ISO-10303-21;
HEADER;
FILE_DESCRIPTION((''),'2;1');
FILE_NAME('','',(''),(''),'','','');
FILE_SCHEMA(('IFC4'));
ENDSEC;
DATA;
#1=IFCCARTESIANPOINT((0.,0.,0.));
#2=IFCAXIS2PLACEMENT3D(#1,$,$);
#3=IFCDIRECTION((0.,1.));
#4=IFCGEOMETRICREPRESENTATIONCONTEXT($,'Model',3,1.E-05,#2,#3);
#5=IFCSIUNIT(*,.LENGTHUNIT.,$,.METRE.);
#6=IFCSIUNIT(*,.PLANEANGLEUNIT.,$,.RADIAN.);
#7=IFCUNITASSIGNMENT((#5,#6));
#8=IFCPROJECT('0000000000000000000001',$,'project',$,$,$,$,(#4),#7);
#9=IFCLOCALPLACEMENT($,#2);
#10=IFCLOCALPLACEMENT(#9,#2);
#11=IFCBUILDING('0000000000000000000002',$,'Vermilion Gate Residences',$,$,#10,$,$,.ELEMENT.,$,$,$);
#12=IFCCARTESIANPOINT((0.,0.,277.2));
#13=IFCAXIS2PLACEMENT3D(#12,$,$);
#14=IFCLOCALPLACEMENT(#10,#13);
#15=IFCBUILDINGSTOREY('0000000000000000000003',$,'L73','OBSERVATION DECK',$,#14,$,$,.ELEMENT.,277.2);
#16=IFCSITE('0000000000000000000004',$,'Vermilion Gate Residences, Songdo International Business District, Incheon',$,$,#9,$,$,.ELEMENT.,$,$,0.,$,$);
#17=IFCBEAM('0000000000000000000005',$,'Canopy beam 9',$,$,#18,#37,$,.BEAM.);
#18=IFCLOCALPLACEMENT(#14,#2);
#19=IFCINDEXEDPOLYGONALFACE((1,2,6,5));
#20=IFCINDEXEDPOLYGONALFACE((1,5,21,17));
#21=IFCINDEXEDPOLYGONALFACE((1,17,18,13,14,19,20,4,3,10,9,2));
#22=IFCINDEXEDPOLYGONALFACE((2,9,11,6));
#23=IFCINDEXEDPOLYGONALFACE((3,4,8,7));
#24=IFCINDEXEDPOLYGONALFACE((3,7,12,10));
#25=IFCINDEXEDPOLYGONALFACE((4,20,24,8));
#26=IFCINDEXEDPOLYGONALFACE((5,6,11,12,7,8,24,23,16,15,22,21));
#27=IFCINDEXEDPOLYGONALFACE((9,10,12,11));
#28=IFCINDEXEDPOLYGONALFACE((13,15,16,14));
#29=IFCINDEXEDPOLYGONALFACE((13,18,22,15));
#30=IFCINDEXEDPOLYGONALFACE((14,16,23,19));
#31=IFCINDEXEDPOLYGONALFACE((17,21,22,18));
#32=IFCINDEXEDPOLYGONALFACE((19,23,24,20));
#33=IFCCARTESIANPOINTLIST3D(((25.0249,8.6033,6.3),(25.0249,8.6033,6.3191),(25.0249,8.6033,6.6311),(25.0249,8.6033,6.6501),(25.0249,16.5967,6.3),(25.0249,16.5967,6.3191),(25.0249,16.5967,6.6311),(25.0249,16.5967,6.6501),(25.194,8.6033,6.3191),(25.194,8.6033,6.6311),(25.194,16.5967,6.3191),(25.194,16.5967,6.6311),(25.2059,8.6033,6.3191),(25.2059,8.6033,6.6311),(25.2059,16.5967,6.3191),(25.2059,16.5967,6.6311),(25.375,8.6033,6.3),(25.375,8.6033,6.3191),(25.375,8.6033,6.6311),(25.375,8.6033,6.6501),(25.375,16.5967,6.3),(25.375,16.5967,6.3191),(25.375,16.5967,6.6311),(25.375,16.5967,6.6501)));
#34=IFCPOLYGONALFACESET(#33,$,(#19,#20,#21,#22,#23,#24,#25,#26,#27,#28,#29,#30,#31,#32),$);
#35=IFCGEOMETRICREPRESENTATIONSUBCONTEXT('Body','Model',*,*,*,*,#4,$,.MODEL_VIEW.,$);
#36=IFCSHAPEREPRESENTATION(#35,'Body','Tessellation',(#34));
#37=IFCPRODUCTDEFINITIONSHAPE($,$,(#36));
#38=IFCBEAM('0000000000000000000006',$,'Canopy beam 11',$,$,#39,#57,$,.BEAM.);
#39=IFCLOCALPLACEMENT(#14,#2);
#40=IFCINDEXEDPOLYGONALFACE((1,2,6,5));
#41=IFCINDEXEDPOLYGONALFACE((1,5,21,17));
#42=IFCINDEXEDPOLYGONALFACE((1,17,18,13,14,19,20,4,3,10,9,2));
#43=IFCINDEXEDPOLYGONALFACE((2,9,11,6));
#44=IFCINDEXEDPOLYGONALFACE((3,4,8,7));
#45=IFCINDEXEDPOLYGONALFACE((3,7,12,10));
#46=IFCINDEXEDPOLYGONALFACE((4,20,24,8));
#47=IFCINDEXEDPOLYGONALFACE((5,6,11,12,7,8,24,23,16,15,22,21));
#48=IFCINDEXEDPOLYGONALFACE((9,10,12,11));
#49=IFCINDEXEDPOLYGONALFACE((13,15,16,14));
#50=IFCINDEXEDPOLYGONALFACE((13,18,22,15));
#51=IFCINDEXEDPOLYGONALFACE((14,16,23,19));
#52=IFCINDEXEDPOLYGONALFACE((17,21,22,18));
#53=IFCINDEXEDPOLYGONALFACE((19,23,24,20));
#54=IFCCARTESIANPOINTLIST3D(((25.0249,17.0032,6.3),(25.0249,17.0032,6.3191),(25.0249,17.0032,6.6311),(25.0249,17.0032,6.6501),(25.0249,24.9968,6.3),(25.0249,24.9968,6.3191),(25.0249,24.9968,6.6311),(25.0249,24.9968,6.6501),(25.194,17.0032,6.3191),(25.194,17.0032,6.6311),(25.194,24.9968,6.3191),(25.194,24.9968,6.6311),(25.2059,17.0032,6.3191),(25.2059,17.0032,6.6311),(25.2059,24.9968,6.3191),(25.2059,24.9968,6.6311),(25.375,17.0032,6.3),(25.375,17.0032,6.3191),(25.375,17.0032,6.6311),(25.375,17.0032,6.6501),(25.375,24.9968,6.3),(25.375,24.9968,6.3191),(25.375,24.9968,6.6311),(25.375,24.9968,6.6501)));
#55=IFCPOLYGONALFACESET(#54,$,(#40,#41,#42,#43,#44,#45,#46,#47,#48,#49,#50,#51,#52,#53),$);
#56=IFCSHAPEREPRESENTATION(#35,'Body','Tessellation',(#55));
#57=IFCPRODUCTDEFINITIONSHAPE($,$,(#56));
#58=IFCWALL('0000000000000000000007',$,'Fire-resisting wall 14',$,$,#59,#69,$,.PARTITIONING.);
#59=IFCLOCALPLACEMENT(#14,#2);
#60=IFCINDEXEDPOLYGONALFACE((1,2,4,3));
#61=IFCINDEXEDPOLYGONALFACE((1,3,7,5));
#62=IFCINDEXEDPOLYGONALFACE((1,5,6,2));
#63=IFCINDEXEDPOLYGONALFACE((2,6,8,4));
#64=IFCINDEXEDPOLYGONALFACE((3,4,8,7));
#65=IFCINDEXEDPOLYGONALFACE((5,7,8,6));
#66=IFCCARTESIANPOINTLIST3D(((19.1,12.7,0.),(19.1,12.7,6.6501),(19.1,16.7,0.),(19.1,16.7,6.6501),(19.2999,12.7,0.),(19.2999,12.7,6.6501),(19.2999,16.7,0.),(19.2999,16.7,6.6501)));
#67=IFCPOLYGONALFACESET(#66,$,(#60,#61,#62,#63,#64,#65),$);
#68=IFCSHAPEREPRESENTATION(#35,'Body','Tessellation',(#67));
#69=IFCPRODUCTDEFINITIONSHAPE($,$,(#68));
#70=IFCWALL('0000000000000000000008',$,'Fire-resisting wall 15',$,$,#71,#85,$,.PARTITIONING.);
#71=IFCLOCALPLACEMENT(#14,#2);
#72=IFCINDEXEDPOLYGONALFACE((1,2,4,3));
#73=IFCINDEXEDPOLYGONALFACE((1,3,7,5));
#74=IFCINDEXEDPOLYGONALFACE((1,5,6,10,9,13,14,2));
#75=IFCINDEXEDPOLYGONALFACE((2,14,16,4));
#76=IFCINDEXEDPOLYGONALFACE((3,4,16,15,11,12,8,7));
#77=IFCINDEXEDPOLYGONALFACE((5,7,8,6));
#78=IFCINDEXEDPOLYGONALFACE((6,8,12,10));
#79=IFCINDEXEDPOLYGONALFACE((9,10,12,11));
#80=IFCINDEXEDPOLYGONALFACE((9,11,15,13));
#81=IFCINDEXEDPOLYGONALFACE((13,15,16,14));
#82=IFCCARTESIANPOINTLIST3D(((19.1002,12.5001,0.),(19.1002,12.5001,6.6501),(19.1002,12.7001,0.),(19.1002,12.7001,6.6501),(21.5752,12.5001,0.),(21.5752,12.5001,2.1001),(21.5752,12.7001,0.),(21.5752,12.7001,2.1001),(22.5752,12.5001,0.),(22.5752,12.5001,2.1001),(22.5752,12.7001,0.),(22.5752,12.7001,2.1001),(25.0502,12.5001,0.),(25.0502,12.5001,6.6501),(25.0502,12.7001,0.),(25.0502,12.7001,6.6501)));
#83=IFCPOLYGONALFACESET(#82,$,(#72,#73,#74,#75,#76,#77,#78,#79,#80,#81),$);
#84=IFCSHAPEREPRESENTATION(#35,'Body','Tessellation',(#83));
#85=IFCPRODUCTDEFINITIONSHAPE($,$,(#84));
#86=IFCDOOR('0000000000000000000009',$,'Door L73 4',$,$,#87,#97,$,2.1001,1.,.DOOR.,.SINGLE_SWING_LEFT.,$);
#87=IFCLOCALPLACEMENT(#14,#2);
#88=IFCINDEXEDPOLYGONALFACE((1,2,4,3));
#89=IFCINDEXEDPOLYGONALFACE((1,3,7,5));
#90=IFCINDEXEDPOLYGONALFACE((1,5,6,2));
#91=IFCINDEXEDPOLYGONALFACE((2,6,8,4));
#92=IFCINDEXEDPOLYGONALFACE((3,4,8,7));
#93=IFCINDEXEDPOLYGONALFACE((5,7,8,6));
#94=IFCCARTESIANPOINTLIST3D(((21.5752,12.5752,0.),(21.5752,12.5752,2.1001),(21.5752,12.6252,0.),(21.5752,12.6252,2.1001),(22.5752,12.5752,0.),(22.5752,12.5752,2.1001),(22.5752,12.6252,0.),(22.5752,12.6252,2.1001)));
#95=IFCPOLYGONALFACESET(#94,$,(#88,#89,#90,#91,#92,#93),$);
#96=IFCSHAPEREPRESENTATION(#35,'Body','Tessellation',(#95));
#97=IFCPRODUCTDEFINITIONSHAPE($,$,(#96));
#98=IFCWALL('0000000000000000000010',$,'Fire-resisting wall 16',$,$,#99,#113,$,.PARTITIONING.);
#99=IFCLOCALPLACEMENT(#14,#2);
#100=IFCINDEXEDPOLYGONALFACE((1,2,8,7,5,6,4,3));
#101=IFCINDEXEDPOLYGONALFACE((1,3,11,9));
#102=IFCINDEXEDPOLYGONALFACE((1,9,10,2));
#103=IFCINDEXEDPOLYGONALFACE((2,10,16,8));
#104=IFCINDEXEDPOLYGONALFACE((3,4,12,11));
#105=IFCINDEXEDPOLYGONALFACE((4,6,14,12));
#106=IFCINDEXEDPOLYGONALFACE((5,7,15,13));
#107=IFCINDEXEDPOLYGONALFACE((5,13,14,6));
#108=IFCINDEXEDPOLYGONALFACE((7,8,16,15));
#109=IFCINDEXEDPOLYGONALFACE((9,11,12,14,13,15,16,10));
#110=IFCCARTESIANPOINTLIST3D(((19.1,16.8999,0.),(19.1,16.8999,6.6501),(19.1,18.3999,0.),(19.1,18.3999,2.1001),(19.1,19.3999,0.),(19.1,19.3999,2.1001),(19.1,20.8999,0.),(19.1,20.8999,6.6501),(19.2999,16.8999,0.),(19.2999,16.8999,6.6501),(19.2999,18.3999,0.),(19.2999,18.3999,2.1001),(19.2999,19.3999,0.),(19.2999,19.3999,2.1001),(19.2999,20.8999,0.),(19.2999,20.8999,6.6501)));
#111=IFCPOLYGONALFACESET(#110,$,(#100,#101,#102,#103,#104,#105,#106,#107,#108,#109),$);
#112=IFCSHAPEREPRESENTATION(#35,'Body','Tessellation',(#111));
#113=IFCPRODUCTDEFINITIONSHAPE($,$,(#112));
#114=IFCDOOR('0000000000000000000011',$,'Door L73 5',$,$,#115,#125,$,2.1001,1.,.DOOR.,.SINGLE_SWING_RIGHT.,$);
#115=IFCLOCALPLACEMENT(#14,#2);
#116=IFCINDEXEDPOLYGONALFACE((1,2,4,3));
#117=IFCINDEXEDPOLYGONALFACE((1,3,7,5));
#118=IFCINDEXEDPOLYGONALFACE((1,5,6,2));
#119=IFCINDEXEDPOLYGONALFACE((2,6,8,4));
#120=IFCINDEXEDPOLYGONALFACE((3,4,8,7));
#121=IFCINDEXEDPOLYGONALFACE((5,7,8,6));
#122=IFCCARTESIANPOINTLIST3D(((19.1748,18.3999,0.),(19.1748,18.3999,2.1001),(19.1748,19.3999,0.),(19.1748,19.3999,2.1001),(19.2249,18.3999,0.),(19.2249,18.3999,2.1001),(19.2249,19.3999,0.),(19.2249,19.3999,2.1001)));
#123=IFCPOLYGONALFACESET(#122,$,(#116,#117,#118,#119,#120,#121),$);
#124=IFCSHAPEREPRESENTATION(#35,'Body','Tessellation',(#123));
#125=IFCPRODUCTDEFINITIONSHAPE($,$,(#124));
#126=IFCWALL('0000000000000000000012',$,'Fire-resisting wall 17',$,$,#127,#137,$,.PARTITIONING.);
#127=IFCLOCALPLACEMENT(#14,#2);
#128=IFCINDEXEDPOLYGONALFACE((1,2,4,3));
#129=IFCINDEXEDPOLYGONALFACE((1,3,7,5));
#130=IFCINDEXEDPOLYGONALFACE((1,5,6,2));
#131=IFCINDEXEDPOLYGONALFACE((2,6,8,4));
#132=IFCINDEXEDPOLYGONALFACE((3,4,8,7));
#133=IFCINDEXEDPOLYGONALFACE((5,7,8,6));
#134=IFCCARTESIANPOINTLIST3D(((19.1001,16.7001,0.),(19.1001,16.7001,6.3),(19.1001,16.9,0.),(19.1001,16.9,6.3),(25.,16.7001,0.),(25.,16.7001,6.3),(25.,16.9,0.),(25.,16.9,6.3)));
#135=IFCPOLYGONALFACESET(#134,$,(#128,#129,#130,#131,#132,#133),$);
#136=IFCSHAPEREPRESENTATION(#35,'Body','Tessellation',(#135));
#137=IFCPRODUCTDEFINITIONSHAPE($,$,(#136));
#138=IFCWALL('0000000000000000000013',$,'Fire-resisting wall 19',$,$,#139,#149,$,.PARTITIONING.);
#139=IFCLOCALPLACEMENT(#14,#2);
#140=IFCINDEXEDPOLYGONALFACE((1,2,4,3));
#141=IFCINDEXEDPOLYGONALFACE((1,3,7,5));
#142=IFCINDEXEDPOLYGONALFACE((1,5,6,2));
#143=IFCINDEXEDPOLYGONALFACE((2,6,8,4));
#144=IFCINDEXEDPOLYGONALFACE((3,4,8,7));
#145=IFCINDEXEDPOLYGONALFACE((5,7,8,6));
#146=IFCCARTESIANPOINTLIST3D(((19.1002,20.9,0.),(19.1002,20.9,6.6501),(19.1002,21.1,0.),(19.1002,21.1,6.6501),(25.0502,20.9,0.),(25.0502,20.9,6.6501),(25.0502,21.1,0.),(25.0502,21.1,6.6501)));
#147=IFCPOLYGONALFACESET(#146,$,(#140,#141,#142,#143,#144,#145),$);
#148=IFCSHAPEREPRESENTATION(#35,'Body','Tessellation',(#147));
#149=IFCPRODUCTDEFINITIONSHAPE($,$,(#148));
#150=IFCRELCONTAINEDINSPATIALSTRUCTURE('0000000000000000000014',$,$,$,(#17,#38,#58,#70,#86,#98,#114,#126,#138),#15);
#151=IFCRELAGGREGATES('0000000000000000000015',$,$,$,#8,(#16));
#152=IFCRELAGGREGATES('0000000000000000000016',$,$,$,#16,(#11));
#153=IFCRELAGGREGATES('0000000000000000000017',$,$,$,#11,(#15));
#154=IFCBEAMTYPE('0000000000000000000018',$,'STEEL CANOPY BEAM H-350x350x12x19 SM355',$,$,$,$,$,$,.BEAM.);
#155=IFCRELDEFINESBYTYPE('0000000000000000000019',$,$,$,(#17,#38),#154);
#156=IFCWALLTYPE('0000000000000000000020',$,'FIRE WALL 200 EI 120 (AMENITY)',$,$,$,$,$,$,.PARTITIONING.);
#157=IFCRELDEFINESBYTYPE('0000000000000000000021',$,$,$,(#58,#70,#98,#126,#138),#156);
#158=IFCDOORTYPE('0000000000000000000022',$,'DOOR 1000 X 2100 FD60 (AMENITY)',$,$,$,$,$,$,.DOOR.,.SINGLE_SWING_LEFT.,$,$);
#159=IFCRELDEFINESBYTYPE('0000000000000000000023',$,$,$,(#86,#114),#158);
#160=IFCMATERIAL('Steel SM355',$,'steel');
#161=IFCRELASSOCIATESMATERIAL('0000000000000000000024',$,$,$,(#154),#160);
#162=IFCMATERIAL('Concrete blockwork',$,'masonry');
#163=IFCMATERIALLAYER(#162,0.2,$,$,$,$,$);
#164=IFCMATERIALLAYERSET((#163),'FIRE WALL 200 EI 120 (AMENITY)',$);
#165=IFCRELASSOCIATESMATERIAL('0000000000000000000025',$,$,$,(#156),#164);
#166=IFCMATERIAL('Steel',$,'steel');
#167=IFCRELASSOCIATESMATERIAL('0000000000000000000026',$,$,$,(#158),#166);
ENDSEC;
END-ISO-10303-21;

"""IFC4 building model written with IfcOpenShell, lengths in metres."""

from ifc_helpers import new_model, si_unit, direction, frame, frame_2d, origin, origin_2d, place, context, subcontext, project, spatial, rectangle, i_section, extrude, material, layer, layer_set, material_profile, profile_set, type_object, element, fill, save


model = new_model("IFC4")

# Units and contexts
model_context = context("Model", 3, precision=1e-05, world=origin(), true_north=direction((0.0, 1.0)))
body_context = subcontext(model_context, "Body", "Model", "MODEL_VIEW")
ifc_project = project(units=[si_unit("LENGTHUNIT", "METRE"), si_unit("PLANEANGLEUNIT", "RADIAN")], contexts=[model_context])

# Site, building, storey
site_placement = place(None, origin())
site = spatial("IfcSite", under=ifc_project, at=site_placement, Name="Vermilion Gate Residences, Songdo International Business District, Incheon", CompositionType="ELEMENT", RefElevation=0.0)
building_placement = place(site_placement, origin())
building = spatial("IfcBuilding", under=site, at=building_placement, Name="Vermilion Gate Residences", CompositionType="ELEMENT")
storey_placement = place(building_placement, frame((0.0, 0.0, 277.2)))
storey = spatial("IfcBuildingStorey", under=building, at=storey_placement, Name="L73", Description="OBSERVATION DECK", CompositionType="ELEMENT", Elevation=277.2)

# Beams
ifc_material_1 = material(Name="Steel SM355", Category="steel")
ifc_material_profile_1 = material_profile(ifc_material_1, i_section(OverallWidth=0.3501, OverallDepth=0.3501, WebThickness=0.012, FlangeThickness=0.019, at=origin_2d()), Name="H-350x350x12x19")
ifc_profile_set_1 = profile_set([ifc_material_profile_1], Name="Steel SM355")
beam_type = type_object("IfcBeamType", Name="STEEL CANOPY BEAM H-350x350x12x19 SM355", PredefinedType="BEAM", material=ifc_profile_set_1)
beam_1_placement = place(storey_placement, frame((25.2, 8.6033, 6.4751), z_axis=(0.0, 1.0, 0.0), x_axis=(-1.0, 0.0, 0.0)))
element("IfcBeam", 1, at=beam_1_placement, inside=storey, type_object=beam_type, Name="Canopy beam 9", PredefinedType="BEAM", context=body_context, shape_type="SweptSolid", body=[
    extrude(i_section(OverallWidth=0.3501, OverallDepth=0.3501, WebThickness=0.012, FlangeThickness=0.019, at=origin_2d()), origin(), (0.0, 0.0, 1.0), 7.9934),
])
beam_2_placement = place(storey_placement, frame((25.2, 17.0032, 6.4751), z_axis=(0.0, 1.0, 0.0), x_axis=(-1.0, 0.0, 0.0)))
element("IfcBeam", 2, at=beam_2_placement, inside=storey, type_object=beam_type, Name="Canopy beam 11", PredefinedType="BEAM", context=body_context, shape_type="SweptSolid", body=[
    extrude(i_section(OverallWidth=0.3501, OverallDepth=0.3501, WebThickness=0.012, FlangeThickness=0.019, at=origin_2d()), origin(), (0.0, 0.0, 1.0), 7.9937),
])

# Wall
ifc_material_2 = material(Name="Concrete blockwork", Category="masonry")
ifc_layer_1 = layer(ifc_material_2, 0.2)
ifc_layer_set_1 = layer_set([ifc_layer_1], Name="FIRE WALL 200 EI 120 (AMENITY)")
wall_type_1 = type_object("IfcWallType", Name="FIRE WALL 200 EI 120 (AMENITY)", PredefinedType="PARTITIONING", material=ifc_layer_set_1)
wall_1_placement = place(storey_placement, frame((19.2, 12.7, 0.0), z_axis=(0.0, 0.0, 1.0), x_axis=(0.0, 1.0, 0.0)))
element("IfcWall", 3, at=wall_1_placement, inside=storey, type_object=wall_type_1, Name="Fire-resisting wall 14", PredefinedType="PARTITIONING", context=body_context, shape_type="SweptSolid", body=[
    extrude(rectangle(XDim=4.0, YDim=0.2, at=frame_2d((2.0, 0.0))), origin(), (0.0, 0.0, 1.0), 6.6501),
])

# Walls, openings, doors
wall_2_placement = place(storey_placement, frame((19.1001, 12.6001, 0.0), z_axis=(0.0, 0.0, 1.0), x_axis=(1.0, 0.0, 0.0)))
wall_2 = element("IfcWall", 4, at=wall_2_placement, inside=storey, type_object=wall_type_1, Name="Fire-resisting wall 15", PredefinedType="PARTITIONING", context=body_context, shape_type="SweptSolid", body=[
    extrude(rectangle(XDim=5.95, YDim=0.2, at=frame_2d((2.9751, 0.0))), origin(), (0.0, 0.0, 1.0), 6.6501),
])
opening_1_placement = place(wall_2_placement, frame((2.4751, 0.0, 0.0)))
opening_1 = element("IfcOpeningElement", 5, at=opening_1_placement, cuts=wall_2, PredefinedType="OPENING", context=body_context, shape_type="SweptSolid", body=[
    extrude(rectangle(XDim=1.0, YDim=2.1001, at=frame_2d((0.5, 1.05))), frame((0.0, 0.1099, 0.0), z_axis=(0.0, -1.0, 0.0), x_axis=(1.0, 0.0, 0.0)), (0.0, 0.0, 1.0), 0.22),
])
ifc_material_3 = material(Name="Steel", Category="steel")
door_type = type_object("IfcDoorType", Name="DOOR 1000 X 2100 FD60 (AMENITY)", OperationType="SINGLE_SWING_LEFT", PredefinedType="DOOR", material=ifc_material_3)
door_1_placement = place(opening_1_placement, frame((1.0, 0.0, 0.0), z_axis=(0.0, 0.0, 1.0), x_axis=(-1.0, 0.0, 0.0)))
door_1 = element("IfcDoor", 6, at=door_1_placement, inside=storey, type_object=door_type, Name="Door L73 4", OperationType="SINGLE_SWING_LEFT", OverallHeight=2.1001, OverallWidth=1.0, PredefinedType="DOOR", context=body_context, shape_type="SweptSolid", body=[
    extrude(rectangle(XDim=1.0, YDim=2.1001, at=frame_2d((0.5, 1.05))), frame((0.0, 0.0249, 0.0), z_axis=(0.0, -1.0, 0.0), x_axis=(1.0, 0.0, 0.0)), (0.0, 0.0, 1.0), 0.05),
])
fill(opening_1, door_1)
wall_3_placement = place(storey_placement, frame((19.2, 16.8999, 0.0), z_axis=(0.0, 0.0, 1.0), x_axis=(0.0, 1.0, 0.0)))
wall_3 = element("IfcWall", 7, at=wall_3_placement, inside=storey, type_object=wall_type_1, Name="Fire-resisting wall 16", PredefinedType="PARTITIONING", context=body_context, shape_type="SweptSolid", body=[
    extrude(rectangle(XDim=4.0, YDim=0.2, at=frame_2d((2.0, 0.0))), origin(), (0.0, 0.0, 1.0), 6.6501),
])
opening_2_placement = place(wall_3_placement, frame((1.5, 0.0, 0.0)))
opening_2 = element("IfcOpeningElement", 8, at=opening_2_placement, cuts=wall_3, PredefinedType="OPENING", context=body_context, shape_type="SweptSolid", body=[
    extrude(rectangle(XDim=1.0, YDim=2.1001, at=frame_2d((0.5, 1.05))), frame((0.0, 0.1099, 0.0), z_axis=(0.0, -1.0, 0.0), x_axis=(1.0, 0.0, 0.0)), (0.0, 0.0, 1.0), 0.22),
])
door_2_placement = place(opening_2_placement, frame((1.0, 0.0, 0.0), z_axis=(0.0, 0.0, 1.0), x_axis=(-1.0, 0.0, 0.0)))
door_2 = element("IfcDoor", 9, at=door_2_placement, inside=storey, type_object=door_type, Name="Door L73 5", OperationType="SINGLE_SWING_RIGHT", OverallHeight=2.1001, OverallWidth=1.0, PredefinedType="DOOR", context=body_context, shape_type="SweptSolid", body=[
    extrude(rectangle(XDim=1.0, YDim=2.1001, at=frame_2d((0.5, 1.05))), frame((0.0, 0.0249, 0.0), z_axis=(0.0, -1.0, 0.0), x_axis=(1.0, 0.0, 0.0)), (0.0, 0.0, 1.0), 0.05),
])
fill(opening_2, door_2)

# Walls
wall_4_placement = place(storey_placement, frame((19.1001, 16.8, 0.0), z_axis=(0.0, 0.0, 1.0), x_axis=(1.0, 0.0, 0.0)))
element("IfcWall", 10, at=wall_4_placement, inside=storey, type_object=wall_type_1, Name="Fire-resisting wall 17", PredefinedType="PARTITIONING", context=body_context, shape_type="SweptSolid", body=[
    extrude(rectangle(XDim=5.8999, YDim=0.2, at=frame_2d((2.95, 0.0))), origin(), (0.0, 0.0, 1.0), 6.3),
])
wall_5_placement = place(storey_placement, frame((19.1001, 21.0, 0.0), z_axis=(0.0, 0.0, 1.0), x_axis=(1.0, 0.0, 0.0)))
element("IfcWall", 11, at=wall_5_placement, inside=storey, type_object=wall_type_1, Name="Fire-resisting wall 19", PredefinedType="PARTITIONING", context=body_context, shape_type="SweptSolid", body=[
    extrude(rectangle(XDim=5.95, YDim=0.2, at=frame_2d((2.9751, 0.0))), origin(), (0.0, 0.0, 1.0), 6.6501),
])

save(model, "model.ifc")
